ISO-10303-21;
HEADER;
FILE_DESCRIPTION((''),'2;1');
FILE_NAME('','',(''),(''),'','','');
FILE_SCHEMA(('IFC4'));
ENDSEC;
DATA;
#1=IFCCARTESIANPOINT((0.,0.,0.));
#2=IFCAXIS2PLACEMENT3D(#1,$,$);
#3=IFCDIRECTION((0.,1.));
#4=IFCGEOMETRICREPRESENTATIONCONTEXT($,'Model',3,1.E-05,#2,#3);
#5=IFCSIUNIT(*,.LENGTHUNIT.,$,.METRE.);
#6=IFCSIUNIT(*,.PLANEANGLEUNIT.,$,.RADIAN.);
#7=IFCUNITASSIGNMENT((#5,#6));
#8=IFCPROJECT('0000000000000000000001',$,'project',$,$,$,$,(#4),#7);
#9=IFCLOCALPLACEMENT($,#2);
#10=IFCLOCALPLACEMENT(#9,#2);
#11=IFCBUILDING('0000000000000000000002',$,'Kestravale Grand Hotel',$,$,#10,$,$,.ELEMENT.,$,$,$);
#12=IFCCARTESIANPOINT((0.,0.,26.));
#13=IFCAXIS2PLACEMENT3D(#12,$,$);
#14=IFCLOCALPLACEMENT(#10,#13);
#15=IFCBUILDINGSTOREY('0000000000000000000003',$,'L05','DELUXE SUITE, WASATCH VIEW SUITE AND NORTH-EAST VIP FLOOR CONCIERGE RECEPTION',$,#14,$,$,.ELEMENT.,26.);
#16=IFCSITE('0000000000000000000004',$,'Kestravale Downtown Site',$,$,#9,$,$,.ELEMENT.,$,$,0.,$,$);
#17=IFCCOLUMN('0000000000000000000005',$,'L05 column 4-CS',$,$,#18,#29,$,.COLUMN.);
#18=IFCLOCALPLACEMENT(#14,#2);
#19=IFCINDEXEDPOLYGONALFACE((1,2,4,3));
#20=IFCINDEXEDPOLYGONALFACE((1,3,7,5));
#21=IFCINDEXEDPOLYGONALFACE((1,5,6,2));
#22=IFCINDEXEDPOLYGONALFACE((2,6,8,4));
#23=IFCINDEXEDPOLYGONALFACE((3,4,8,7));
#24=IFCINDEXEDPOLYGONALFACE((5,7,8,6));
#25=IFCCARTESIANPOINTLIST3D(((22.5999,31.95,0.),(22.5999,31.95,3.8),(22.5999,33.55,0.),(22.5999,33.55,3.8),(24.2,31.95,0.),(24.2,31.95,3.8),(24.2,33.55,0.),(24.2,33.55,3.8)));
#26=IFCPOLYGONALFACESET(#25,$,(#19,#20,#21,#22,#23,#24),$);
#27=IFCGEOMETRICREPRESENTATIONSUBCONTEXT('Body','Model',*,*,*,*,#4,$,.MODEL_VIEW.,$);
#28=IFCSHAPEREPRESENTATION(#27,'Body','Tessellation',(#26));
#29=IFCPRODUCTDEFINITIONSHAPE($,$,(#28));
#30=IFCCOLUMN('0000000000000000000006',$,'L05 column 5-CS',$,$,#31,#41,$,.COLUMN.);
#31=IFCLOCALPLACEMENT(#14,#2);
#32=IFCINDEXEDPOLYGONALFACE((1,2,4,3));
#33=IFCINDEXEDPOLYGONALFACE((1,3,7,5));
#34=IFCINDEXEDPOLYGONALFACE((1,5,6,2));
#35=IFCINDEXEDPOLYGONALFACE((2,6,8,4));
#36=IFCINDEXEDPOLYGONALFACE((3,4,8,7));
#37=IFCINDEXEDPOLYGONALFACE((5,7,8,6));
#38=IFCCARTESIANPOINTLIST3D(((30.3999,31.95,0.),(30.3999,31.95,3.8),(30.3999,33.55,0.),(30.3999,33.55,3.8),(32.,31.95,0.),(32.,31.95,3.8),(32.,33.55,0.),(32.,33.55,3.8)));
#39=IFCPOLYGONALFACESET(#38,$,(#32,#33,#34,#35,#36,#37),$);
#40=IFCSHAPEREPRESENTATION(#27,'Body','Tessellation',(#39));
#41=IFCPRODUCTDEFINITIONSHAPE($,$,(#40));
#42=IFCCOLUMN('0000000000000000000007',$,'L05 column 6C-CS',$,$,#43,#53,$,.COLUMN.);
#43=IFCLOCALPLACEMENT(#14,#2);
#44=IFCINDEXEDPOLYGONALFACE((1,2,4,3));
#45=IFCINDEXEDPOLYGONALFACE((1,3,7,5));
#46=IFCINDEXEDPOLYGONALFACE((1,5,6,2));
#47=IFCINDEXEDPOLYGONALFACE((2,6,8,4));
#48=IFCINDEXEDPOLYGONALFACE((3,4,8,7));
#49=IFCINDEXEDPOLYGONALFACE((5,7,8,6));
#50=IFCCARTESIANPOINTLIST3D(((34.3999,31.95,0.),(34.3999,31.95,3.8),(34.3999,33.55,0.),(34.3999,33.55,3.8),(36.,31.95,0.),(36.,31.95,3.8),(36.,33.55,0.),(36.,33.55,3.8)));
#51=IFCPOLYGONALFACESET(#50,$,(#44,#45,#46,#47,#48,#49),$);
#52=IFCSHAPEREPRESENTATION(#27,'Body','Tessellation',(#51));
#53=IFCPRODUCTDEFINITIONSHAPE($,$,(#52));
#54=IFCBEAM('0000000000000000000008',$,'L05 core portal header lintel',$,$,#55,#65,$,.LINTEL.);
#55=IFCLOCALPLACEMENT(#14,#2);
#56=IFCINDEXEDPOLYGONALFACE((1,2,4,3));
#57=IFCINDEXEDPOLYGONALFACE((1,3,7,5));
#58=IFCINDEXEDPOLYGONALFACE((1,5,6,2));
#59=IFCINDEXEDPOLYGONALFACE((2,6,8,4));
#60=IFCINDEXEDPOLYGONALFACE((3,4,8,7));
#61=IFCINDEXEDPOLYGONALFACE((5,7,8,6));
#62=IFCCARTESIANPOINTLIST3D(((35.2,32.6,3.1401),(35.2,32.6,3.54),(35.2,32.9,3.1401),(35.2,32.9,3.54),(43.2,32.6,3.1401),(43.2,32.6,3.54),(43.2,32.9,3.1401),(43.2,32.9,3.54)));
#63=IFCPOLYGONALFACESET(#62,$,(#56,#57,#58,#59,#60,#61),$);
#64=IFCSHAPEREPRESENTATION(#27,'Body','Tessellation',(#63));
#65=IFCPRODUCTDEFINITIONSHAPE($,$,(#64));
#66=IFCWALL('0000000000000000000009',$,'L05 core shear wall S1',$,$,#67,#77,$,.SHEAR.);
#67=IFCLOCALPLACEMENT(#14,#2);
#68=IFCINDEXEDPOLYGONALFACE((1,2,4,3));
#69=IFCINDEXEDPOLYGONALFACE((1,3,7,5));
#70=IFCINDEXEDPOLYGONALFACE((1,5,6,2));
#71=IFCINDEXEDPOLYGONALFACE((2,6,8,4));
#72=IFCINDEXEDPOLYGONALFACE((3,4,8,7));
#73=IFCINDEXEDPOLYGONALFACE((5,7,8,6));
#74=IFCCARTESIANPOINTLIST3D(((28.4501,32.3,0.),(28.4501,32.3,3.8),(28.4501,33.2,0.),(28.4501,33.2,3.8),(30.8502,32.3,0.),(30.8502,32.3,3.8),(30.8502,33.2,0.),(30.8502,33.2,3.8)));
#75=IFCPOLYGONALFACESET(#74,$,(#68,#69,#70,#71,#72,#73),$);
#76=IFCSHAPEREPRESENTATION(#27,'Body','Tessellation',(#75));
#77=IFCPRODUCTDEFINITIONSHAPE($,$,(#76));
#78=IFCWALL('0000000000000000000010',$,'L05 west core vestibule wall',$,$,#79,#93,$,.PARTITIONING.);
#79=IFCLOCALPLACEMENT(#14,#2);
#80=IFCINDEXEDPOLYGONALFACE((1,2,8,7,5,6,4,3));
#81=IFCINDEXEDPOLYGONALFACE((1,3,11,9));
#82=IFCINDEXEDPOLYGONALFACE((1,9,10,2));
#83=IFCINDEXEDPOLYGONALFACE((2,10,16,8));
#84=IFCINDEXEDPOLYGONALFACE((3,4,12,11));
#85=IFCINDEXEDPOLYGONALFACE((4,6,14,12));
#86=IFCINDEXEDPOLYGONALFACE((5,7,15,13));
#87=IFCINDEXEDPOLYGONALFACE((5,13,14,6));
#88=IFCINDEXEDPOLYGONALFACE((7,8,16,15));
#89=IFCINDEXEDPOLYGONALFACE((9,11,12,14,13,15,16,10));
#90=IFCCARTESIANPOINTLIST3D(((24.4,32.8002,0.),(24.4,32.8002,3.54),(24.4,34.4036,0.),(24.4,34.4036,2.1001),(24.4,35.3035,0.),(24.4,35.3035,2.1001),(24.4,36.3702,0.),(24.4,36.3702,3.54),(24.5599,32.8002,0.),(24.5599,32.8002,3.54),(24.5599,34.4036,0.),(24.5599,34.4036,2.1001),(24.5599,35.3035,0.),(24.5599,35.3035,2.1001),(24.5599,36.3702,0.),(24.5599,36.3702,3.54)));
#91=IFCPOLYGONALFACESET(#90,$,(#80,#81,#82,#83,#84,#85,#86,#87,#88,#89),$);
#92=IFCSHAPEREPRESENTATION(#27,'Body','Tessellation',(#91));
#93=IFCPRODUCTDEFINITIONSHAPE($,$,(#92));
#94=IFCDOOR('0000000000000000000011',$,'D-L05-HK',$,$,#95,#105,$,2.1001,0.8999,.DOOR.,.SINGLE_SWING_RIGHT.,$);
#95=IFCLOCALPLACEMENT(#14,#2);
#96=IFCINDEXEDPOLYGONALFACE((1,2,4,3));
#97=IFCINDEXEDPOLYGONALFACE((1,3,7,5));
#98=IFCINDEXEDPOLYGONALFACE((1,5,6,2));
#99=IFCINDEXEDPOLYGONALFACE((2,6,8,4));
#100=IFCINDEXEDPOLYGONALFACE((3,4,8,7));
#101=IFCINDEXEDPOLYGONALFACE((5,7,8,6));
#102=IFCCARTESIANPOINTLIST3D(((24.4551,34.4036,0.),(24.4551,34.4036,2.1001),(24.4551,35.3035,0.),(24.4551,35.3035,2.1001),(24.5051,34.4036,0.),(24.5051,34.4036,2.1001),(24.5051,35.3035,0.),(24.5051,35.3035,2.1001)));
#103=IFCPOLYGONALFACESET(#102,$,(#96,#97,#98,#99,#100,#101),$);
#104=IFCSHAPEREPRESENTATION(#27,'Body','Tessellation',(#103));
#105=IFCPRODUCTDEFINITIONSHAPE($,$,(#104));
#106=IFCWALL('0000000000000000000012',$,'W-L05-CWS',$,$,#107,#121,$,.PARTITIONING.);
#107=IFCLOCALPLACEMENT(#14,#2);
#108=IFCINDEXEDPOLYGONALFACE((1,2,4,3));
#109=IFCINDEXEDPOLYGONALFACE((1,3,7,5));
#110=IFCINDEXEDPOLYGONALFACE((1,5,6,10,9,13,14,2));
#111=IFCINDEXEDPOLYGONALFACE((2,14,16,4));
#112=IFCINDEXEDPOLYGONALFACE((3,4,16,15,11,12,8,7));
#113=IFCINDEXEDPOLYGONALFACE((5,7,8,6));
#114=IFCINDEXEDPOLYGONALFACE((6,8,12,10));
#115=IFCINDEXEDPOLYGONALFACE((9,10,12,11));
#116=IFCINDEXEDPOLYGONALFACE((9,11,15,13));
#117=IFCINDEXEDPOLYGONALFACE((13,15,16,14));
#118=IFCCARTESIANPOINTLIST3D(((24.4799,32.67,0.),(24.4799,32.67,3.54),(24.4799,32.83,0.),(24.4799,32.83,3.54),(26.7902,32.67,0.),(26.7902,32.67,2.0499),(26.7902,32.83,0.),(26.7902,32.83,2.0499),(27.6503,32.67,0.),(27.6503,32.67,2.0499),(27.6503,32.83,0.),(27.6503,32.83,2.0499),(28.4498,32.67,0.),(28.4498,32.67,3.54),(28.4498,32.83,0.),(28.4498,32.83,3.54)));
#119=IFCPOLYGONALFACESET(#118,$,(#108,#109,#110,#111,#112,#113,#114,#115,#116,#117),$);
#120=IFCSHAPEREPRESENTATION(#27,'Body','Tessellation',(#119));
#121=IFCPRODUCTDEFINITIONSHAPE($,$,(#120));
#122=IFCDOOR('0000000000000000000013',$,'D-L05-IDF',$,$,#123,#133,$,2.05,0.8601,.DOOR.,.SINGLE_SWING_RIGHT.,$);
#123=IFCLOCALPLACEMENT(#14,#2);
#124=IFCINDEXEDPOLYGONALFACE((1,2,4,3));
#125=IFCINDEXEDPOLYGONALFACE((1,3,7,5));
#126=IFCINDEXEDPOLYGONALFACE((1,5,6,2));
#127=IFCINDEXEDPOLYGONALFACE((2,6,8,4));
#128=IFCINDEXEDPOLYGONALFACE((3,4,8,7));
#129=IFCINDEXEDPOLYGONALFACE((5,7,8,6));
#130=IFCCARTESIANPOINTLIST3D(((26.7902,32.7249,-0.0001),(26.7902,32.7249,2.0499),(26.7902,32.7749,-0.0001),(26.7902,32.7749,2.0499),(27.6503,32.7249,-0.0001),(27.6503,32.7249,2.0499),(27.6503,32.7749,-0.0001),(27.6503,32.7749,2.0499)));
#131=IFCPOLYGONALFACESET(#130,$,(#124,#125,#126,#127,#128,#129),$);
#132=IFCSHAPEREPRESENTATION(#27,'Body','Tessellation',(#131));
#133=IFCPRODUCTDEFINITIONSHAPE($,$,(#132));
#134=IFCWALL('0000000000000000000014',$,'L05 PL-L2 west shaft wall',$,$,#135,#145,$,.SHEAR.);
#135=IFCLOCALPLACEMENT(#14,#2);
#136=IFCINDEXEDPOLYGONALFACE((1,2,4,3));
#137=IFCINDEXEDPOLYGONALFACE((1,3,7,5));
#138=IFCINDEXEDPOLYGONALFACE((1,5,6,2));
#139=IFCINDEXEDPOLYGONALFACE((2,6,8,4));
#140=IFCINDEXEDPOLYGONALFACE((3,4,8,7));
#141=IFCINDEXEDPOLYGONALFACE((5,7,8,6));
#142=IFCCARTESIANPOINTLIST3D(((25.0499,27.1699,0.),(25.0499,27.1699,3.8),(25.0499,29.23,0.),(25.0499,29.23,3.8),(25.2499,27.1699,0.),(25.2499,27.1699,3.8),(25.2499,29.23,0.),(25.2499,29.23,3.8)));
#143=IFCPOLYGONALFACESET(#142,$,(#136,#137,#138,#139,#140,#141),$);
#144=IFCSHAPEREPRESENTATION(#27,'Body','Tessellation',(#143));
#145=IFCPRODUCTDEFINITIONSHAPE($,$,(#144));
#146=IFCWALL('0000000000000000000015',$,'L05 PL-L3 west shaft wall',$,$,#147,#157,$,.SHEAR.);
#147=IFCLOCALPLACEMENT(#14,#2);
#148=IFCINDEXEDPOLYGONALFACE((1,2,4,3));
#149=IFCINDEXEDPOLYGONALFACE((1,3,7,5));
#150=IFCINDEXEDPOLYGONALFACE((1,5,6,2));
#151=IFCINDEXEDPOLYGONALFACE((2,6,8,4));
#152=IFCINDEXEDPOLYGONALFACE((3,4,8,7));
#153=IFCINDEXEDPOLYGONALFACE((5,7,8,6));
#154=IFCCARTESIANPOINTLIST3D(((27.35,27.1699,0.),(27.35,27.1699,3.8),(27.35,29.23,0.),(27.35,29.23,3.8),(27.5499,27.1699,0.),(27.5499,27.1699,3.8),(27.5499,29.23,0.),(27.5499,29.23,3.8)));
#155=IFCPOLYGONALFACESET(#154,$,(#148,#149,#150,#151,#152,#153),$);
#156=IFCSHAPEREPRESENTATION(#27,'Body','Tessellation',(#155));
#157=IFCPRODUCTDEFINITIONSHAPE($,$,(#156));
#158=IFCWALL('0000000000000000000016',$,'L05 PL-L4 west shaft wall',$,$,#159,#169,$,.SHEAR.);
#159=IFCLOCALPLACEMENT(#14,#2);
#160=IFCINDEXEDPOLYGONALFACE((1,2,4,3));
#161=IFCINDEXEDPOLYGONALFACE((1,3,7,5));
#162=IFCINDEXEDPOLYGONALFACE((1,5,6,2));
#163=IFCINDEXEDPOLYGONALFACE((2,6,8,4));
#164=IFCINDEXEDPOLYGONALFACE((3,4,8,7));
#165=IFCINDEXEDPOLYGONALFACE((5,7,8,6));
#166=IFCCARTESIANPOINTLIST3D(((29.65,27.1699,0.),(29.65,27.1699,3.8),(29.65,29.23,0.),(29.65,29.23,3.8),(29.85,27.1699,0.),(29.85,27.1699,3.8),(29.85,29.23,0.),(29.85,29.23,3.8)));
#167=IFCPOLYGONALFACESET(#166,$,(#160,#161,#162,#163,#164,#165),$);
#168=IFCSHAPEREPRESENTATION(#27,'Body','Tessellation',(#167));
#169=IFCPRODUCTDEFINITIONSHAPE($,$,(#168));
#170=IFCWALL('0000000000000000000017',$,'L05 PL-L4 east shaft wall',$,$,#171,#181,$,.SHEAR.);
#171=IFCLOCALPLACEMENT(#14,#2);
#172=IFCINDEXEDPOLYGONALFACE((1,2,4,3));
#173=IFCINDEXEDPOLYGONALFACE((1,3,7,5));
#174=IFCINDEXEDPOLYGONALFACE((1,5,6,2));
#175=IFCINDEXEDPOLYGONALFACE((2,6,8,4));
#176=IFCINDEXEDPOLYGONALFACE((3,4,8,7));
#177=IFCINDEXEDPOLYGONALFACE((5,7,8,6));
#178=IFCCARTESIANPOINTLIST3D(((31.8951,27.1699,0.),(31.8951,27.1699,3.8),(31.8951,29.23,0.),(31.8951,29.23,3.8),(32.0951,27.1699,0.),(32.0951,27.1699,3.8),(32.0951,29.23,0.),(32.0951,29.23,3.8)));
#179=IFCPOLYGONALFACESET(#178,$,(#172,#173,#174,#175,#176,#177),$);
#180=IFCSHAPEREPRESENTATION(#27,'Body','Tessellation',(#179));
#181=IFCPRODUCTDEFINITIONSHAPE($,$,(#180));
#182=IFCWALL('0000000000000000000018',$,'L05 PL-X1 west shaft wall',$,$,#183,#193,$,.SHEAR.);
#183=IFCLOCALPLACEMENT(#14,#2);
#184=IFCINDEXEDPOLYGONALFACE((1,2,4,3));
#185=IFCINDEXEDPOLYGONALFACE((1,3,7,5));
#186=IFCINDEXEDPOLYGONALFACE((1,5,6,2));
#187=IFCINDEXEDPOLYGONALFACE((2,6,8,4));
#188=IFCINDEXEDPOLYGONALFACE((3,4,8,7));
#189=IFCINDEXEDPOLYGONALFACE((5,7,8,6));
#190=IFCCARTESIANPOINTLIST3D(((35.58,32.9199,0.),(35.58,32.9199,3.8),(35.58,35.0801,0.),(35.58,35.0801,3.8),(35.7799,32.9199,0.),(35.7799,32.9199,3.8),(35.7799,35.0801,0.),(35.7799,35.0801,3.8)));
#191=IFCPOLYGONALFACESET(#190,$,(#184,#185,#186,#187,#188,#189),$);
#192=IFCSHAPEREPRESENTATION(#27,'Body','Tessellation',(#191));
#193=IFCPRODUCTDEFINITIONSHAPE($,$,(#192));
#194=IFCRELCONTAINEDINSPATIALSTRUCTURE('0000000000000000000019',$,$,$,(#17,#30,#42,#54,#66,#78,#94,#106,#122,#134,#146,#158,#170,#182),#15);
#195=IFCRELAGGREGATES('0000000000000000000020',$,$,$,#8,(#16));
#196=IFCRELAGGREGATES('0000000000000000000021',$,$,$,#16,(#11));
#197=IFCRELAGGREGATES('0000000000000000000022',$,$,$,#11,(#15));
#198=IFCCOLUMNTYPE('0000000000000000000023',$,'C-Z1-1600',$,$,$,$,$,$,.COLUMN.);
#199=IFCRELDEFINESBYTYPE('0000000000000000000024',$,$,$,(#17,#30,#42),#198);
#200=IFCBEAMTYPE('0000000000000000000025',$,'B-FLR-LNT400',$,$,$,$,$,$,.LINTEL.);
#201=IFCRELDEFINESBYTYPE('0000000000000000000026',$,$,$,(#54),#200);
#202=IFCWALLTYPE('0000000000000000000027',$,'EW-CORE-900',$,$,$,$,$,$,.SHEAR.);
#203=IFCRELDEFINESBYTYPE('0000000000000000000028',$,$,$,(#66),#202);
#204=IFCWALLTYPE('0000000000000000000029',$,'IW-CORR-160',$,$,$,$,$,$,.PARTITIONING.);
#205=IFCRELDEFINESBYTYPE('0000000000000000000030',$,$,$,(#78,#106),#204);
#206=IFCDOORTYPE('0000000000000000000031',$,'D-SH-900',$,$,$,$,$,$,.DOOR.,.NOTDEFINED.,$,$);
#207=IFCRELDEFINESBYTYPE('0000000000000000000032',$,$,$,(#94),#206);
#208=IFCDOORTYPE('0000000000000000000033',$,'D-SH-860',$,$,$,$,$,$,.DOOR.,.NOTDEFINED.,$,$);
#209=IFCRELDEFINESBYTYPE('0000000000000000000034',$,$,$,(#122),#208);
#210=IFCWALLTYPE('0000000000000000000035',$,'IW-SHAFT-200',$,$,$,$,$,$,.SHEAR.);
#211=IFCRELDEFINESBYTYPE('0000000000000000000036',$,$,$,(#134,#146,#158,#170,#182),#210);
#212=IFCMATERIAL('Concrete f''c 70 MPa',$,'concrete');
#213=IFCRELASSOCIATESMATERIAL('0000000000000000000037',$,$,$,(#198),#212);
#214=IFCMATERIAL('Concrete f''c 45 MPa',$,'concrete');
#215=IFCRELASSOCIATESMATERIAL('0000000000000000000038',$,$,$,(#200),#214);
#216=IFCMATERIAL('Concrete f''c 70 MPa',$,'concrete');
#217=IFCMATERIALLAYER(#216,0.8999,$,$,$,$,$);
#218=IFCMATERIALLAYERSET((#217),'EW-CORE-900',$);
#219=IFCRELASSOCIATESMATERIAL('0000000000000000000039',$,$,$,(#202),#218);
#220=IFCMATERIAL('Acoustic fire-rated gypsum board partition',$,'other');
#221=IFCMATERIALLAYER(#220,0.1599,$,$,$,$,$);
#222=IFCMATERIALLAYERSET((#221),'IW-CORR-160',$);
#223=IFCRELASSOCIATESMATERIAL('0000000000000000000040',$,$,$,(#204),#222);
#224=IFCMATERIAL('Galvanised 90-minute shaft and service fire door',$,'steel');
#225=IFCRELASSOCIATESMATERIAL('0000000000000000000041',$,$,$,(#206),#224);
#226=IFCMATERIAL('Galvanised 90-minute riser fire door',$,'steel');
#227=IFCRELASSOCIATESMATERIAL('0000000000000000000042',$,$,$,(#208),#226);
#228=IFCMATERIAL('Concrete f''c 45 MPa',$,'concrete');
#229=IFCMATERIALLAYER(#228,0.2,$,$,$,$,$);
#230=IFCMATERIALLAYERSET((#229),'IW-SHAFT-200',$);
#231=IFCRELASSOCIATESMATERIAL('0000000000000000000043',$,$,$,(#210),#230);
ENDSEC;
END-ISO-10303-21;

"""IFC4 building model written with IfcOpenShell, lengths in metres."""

from ifc_helpers import new_model, si_unit, direction, frame, frame_2d, origin, origin_2d, place, context, subcontext, project, spatial, rectangle, extrude, material, layer, layer_set, material_profile, profile_set, type_object, element, fill, save


model = new_model("IFC4")

# Units and contexts
model_context = context("Model", 3, precision=1e-05, world=origin(), true_north=direction((0.0, 1.0)))
body_context = subcontext(model_context, "Body", "Model", "MODEL_VIEW")
ifc_project = project(units=[si_unit("LENGTHUNIT", "METRE"), si_unit("PLANEANGLEUNIT", "RADIAN")], contexts=[model_context])

# Site, building, storey
site_placement = place(None, origin())
site = spatial("IfcSite", under=ifc_project, at=site_placement, Name="Kestravale Downtown Site", CompositionType="ELEMENT", RefElevation=0.0)
building_placement = place(site_placement, origin())
building = spatial("IfcBuilding", under=site, at=building_placement, Name="Kestravale Grand Hotel", CompositionType="ELEMENT")
storey_placement = place(building_placement, frame((0.0, 0.0, 26.0)))
storey = spatial("IfcBuildingStorey", under=building, at=storey_placement, Name="L05", Description="DELUXE SUITE, WASATCH VIEW SUITE AND NORTH-EAST VIP FLOOR CONCIERGE RECEPTION", CompositionType="ELEMENT", Elevation=26.0)

# Columns
ifc_material_1 = material(Name="Concrete f'c 70 MPa", Category="concrete")
ifc_material_profile_1 = material_profile(ifc_material_1, rectangle(XDim=1.6001, YDim=1.6001, at=origin_2d()))
ifc_profile_set_1 = profile_set([ifc_material_profile_1], Name="Concrete f'c 70 MPa")
column_type = type_object("IfcColumnType", Name="C-Z1-1600", PredefinedType="COLUMN", material=ifc_profile_set_1)
for number, where, z_axis, x_axis, name in (
    (1, (23.3999, 32.75, 0.0), (0.0, 0.0, 1.0), (1.0, 0.0, 0.0), "L05 column 4-CS"),
    (2, (31.2, 32.75, 0.0), (0.0, 0.0, 1.0), (1.0, 0.0, 0.0), "L05 column 5-CS"),
    (3, (35.2, 32.75, 0.0), (0.0, 0.0, 1.0), (1.0, 0.0, 0.0), "L05 column 6C-CS"),
):
    element("IfcColumn", number, at=place(storey_placement, frame(where, z_axis=z_axis, x_axis=x_axis)), inside=storey, type_object=column_type, Name=name, PredefinedType="COLUMN", context=body_context, shape_type="SweptSolid", body=[
        extrude(rectangle(XDim=1.6001, YDim=1.6001, at=origin_2d()), origin(), (0.0, 0.0, 1.0), 3.8),
    ])

# Beam
ifc_material_2 = material(Name="Concrete f'c 45 MPa", Category="concrete")
ifc_material_profile_2 = material_profile(ifc_material_2, rectangle(XDim=0.3, YDim=0.3999, at=origin_2d()))
ifc_profile_set_2 = profile_set([ifc_material_profile_2], Name="Concrete f'c 45 MPa")
beam_type = type_object("IfcBeamType", Name="B-FLR-LNT400", PredefinedType="LINTEL", material=ifc_profile_set_2)
beam_placement = place(storey_placement, frame((35.2, 32.75, 3.3401), z_axis=(1.0, 0.0, 0.0), x_axis=(0.0, 1.0, 0.0)))
element("IfcBeam", 4, at=beam_placement, inside=storey, type_object=beam_type, Name="L05 core portal header lintel", PredefinedType="LINTEL", context=body_context, shape_type="SweptSolid", body=[
    extrude(rectangle(XDim=0.3, YDim=0.3999, at=origin_2d()), origin(), (0.0, 0.0, 1.0), 8.0),
])

# Wall
ifc_material_3 = material(Name="Concrete f'c 70 MPa", Category="concrete")
ifc_layer_1 = layer(ifc_material_3, 0.8999)
ifc_layer_set_1 = layer_set([ifc_layer_1], Name="EW-CORE-900")
wall_type_1 = type_object("IfcWallType", Name="EW-CORE-900", PredefinedType="SHEAR", material=ifc_layer_set_1)
wall_1_placement = place(storey_placement, frame((28.45, 32.75, 0.0), z_axis=(0.0, 0.0, 1.0), x_axis=(1.0, 0.0, 0.0)))
element("IfcWall", 5, at=wall_1_placement, inside=storey, type_object=wall_type_1, Name="L05 core shear wall S1", PredefinedType="SHEAR", context=body_context, shape_type="SweptSolid", body=[
    extrude(rectangle(XDim=2.4001, YDim=0.8999, at=frame_2d((1.2002, 0.0))), origin(), (0.0, 0.0, 1.0), 3.8),
])

# Walls, openings, doors
ifc_material_4 = material(Name="Acoustic fire-rated gypsum board partition", Category="other")
ifc_layer_2 = layer(ifc_material_4, 0.1599)
ifc_layer_set_2 = layer_set([ifc_layer_2], Name="IW-CORR-160")
wall_type_2 = type_object("IfcWallType", Name="IW-CORR-160", PredefinedType="PARTITIONING", material=ifc_layer_set_2)
wall_2_placement = place(storey_placement, frame((24.48, 32.8, 0.0), z_axis=(0.0, 0.0, 1.0), x_axis=(0.0, 1.0, 0.0)))
wall_2 = element("IfcWall", 6, at=wall_2_placement, inside=storey, type_object=wall_type_2, Name="L05 west core vestibule wall", PredefinedType="PARTITIONING", context=body_context, shape_type="SweptSolid", body=[
    extrude(rectangle(XDim=3.5701, YDim=0.1599, at=frame_2d((1.7852, 0.0))), origin(), (0.0, 0.0, 1.0), 3.54),
])
opening_1_placement = place(wall_2_placement, frame((1.6035, 0.0, 0.0)))
opening_1 = element("IfcOpeningElement", 7, at=opening_1_placement, cuts=wall_2, PredefinedType="OPENING", context=body_context, shape_type="SweptSolid", body=[
    extrude(rectangle(XDim=0.8999, YDim=2.1001, at=frame_2d((0.45, 1.05))), frame((0.0, 0.0898, 0.0), z_axis=(0.0, -1.0, 0.0), x_axis=(1.0, 0.0, 0.0)), (0.0, 0.0, 1.0), 0.1799),
])
ifc_material_5 = material(Name="Galvanised 90-minute shaft and service fire door", Category="steel")
door_type_1 = type_object("IfcDoorType", Name="D-SH-900", OperationType="NOTDEFINED", PredefinedType="DOOR", material=ifc_material_5)
door_1_placement = place(opening_1_placement, origin())
door_1 = element("IfcDoor", 8, at=door_1_placement, inside=storey, type_object=door_type_1, Name="D-L05-HK", OperationType="SINGLE_SWING_RIGHT", OverallHeight=2.1001, OverallWidth=0.8999, PredefinedType="DOOR", context=body_context, shape_type="SweptSolid", body=[
    extrude(rectangle(XDim=0.8999, YDim=2.1001, at=frame_2d((0.45, 1.05))), frame((0.0, 0.0249, 0.0), z_axis=(0.0, -1.0, 0.0), x_axis=(1.0, 0.0, 0.0)), (0.0, 0.0, 1.0), 0.05),
])
fill(opening_1, door_1)
wall_3_placement = place(storey_placement, frame((24.48, 32.75, 0.0), z_axis=(0.0, 0.0, 1.0), x_axis=(1.0, 0.0, 0.0)))
wall_3 = element("IfcWall", 9, at=wall_3_placement, inside=storey, type_object=wall_type_2, Name="W-L05-CWS", PredefinedType="PARTITIONING", context=body_context, shape_type="SweptSolid", body=[
    extrude(rectangle(XDim=3.97, YDim=0.1599, at=frame_2d((1.9849, 0.0))), origin(), (0.0, 0.0, 1.0), 3.54),
])
opening_2_placement = place(wall_3_placement, frame((2.3101, 0.0, 0.0)))
opening_2 = element("IfcOpeningElement", 10, at=opening_2_placement, cuts=wall_3, PredefinedType="OPENING", context=body_context, shape_type="SweptSolid", body=[
    extrude(rectangle(XDim=0.8601, YDim=2.05, at=frame_2d((0.4302, 1.0249))), frame((0.0, 0.0898, 0.0), z_axis=(0.0, -1.0, 0.0), x_axis=(1.0, 0.0, 0.0)), (0.0, 0.0, 1.0), 0.1799),
])
ifc_material_6 = material(Name="Galvanised 90-minute riser fire door", Category="steel")
door_type_2 = type_object("IfcDoorType", Name="D-SH-860", OperationType="NOTDEFINED", PredefinedType="DOOR", material=ifc_material_6)
door_2_placement = place(opening_2_placement, origin())
door_2 = element("IfcDoor", 11, at=door_2_placement, inside=storey, type_object=door_type_2, Name="D-L05-IDF", OperationType="SINGLE_SWING_RIGHT", OverallHeight=2.05, OverallWidth=0.8601, PredefinedType="DOOR", context=body_context, shape_type="SweptSolid", body=[
    extrude(rectangle(XDim=0.8601, YDim=2.05, at=frame_2d((0.4302, 1.0249))), frame((0.0, 0.0249, 0.0), z_axis=(0.0, -1.0, 0.0), x_axis=(1.0, 0.0, 0.0)), (0.0, 0.0, 1.0), 0.05),
])
fill(opening_2, door_2)

# Walls
ifc_material_7 = material(Name="Concrete f'c 45 MPa", Category="concrete")
ifc_layer_3 = layer(ifc_material_7, 0.2)
ifc_layer_set_3 = layer_set([ifc_layer_3], Name="IW-SHAFT-200")
wall_type_3 = type_object("IfcWallType", Name="IW-SHAFT-200", PredefinedType="SHEAR", material=ifc_layer_set_3)
for number, where, z_axis, x_axis, name in (
    (12, (25.1499, 27.1699, 0.0), (0.0, 0.0, 1.0), (0.0, 1.0, 0.0), "L05 PL-L2 west shaft wall"),
    (13, (27.45, 27.1699, 0.0), (0.0, 0.0, 1.0), (0.0, 1.0, 0.0), "L05 PL-L3 west shaft wall"),
    (14, (29.75, 27.1699, 0.0), (0.0, 0.0, 1.0), (0.0, 1.0, 0.0), "L05 PL-L4 west shaft wall"),
    (15, (31.9951, 27.1699, 0.0), (0.0, 0.0, 1.0), (0.0, 1.0, 0.0), "L05 PL-L4 east shaft wall"),
):
    element("IfcWall", number, at=place(storey_placement, frame(where, z_axis=z_axis, x_axis=x_axis)), inside=storey, type_object=wall_type_3, Name=name, PredefinedType="SHEAR", context=body_context, shape_type="SweptSolid", body=[
        extrude(rectangle(XDim=2.0601, YDim=0.2, at=frame_2d((1.03, 0.0))), origin(), (0.0, 0.0, 1.0), 3.8),
    ])
wall_4_placement = place(storey_placement, frame((35.6799, 32.9199, 0.0), z_axis=(0.0, 0.0, 1.0), x_axis=(0.0, 1.0, 0.0)))
element("IfcWall", 16, at=wall_4_placement, inside=storey, type_object=wall_type_3, Name="L05 PL-X1 west shaft wall", PredefinedType="SHEAR", context=body_context, shape_type="SweptSolid", body=[
    extrude(rectangle(XDim=2.1602, YDim=0.2, at=frame_2d((1.0801, 0.0))), origin(), (0.0, 0.0, 1.0), 3.8),
])

save(model, "model.ifc")
